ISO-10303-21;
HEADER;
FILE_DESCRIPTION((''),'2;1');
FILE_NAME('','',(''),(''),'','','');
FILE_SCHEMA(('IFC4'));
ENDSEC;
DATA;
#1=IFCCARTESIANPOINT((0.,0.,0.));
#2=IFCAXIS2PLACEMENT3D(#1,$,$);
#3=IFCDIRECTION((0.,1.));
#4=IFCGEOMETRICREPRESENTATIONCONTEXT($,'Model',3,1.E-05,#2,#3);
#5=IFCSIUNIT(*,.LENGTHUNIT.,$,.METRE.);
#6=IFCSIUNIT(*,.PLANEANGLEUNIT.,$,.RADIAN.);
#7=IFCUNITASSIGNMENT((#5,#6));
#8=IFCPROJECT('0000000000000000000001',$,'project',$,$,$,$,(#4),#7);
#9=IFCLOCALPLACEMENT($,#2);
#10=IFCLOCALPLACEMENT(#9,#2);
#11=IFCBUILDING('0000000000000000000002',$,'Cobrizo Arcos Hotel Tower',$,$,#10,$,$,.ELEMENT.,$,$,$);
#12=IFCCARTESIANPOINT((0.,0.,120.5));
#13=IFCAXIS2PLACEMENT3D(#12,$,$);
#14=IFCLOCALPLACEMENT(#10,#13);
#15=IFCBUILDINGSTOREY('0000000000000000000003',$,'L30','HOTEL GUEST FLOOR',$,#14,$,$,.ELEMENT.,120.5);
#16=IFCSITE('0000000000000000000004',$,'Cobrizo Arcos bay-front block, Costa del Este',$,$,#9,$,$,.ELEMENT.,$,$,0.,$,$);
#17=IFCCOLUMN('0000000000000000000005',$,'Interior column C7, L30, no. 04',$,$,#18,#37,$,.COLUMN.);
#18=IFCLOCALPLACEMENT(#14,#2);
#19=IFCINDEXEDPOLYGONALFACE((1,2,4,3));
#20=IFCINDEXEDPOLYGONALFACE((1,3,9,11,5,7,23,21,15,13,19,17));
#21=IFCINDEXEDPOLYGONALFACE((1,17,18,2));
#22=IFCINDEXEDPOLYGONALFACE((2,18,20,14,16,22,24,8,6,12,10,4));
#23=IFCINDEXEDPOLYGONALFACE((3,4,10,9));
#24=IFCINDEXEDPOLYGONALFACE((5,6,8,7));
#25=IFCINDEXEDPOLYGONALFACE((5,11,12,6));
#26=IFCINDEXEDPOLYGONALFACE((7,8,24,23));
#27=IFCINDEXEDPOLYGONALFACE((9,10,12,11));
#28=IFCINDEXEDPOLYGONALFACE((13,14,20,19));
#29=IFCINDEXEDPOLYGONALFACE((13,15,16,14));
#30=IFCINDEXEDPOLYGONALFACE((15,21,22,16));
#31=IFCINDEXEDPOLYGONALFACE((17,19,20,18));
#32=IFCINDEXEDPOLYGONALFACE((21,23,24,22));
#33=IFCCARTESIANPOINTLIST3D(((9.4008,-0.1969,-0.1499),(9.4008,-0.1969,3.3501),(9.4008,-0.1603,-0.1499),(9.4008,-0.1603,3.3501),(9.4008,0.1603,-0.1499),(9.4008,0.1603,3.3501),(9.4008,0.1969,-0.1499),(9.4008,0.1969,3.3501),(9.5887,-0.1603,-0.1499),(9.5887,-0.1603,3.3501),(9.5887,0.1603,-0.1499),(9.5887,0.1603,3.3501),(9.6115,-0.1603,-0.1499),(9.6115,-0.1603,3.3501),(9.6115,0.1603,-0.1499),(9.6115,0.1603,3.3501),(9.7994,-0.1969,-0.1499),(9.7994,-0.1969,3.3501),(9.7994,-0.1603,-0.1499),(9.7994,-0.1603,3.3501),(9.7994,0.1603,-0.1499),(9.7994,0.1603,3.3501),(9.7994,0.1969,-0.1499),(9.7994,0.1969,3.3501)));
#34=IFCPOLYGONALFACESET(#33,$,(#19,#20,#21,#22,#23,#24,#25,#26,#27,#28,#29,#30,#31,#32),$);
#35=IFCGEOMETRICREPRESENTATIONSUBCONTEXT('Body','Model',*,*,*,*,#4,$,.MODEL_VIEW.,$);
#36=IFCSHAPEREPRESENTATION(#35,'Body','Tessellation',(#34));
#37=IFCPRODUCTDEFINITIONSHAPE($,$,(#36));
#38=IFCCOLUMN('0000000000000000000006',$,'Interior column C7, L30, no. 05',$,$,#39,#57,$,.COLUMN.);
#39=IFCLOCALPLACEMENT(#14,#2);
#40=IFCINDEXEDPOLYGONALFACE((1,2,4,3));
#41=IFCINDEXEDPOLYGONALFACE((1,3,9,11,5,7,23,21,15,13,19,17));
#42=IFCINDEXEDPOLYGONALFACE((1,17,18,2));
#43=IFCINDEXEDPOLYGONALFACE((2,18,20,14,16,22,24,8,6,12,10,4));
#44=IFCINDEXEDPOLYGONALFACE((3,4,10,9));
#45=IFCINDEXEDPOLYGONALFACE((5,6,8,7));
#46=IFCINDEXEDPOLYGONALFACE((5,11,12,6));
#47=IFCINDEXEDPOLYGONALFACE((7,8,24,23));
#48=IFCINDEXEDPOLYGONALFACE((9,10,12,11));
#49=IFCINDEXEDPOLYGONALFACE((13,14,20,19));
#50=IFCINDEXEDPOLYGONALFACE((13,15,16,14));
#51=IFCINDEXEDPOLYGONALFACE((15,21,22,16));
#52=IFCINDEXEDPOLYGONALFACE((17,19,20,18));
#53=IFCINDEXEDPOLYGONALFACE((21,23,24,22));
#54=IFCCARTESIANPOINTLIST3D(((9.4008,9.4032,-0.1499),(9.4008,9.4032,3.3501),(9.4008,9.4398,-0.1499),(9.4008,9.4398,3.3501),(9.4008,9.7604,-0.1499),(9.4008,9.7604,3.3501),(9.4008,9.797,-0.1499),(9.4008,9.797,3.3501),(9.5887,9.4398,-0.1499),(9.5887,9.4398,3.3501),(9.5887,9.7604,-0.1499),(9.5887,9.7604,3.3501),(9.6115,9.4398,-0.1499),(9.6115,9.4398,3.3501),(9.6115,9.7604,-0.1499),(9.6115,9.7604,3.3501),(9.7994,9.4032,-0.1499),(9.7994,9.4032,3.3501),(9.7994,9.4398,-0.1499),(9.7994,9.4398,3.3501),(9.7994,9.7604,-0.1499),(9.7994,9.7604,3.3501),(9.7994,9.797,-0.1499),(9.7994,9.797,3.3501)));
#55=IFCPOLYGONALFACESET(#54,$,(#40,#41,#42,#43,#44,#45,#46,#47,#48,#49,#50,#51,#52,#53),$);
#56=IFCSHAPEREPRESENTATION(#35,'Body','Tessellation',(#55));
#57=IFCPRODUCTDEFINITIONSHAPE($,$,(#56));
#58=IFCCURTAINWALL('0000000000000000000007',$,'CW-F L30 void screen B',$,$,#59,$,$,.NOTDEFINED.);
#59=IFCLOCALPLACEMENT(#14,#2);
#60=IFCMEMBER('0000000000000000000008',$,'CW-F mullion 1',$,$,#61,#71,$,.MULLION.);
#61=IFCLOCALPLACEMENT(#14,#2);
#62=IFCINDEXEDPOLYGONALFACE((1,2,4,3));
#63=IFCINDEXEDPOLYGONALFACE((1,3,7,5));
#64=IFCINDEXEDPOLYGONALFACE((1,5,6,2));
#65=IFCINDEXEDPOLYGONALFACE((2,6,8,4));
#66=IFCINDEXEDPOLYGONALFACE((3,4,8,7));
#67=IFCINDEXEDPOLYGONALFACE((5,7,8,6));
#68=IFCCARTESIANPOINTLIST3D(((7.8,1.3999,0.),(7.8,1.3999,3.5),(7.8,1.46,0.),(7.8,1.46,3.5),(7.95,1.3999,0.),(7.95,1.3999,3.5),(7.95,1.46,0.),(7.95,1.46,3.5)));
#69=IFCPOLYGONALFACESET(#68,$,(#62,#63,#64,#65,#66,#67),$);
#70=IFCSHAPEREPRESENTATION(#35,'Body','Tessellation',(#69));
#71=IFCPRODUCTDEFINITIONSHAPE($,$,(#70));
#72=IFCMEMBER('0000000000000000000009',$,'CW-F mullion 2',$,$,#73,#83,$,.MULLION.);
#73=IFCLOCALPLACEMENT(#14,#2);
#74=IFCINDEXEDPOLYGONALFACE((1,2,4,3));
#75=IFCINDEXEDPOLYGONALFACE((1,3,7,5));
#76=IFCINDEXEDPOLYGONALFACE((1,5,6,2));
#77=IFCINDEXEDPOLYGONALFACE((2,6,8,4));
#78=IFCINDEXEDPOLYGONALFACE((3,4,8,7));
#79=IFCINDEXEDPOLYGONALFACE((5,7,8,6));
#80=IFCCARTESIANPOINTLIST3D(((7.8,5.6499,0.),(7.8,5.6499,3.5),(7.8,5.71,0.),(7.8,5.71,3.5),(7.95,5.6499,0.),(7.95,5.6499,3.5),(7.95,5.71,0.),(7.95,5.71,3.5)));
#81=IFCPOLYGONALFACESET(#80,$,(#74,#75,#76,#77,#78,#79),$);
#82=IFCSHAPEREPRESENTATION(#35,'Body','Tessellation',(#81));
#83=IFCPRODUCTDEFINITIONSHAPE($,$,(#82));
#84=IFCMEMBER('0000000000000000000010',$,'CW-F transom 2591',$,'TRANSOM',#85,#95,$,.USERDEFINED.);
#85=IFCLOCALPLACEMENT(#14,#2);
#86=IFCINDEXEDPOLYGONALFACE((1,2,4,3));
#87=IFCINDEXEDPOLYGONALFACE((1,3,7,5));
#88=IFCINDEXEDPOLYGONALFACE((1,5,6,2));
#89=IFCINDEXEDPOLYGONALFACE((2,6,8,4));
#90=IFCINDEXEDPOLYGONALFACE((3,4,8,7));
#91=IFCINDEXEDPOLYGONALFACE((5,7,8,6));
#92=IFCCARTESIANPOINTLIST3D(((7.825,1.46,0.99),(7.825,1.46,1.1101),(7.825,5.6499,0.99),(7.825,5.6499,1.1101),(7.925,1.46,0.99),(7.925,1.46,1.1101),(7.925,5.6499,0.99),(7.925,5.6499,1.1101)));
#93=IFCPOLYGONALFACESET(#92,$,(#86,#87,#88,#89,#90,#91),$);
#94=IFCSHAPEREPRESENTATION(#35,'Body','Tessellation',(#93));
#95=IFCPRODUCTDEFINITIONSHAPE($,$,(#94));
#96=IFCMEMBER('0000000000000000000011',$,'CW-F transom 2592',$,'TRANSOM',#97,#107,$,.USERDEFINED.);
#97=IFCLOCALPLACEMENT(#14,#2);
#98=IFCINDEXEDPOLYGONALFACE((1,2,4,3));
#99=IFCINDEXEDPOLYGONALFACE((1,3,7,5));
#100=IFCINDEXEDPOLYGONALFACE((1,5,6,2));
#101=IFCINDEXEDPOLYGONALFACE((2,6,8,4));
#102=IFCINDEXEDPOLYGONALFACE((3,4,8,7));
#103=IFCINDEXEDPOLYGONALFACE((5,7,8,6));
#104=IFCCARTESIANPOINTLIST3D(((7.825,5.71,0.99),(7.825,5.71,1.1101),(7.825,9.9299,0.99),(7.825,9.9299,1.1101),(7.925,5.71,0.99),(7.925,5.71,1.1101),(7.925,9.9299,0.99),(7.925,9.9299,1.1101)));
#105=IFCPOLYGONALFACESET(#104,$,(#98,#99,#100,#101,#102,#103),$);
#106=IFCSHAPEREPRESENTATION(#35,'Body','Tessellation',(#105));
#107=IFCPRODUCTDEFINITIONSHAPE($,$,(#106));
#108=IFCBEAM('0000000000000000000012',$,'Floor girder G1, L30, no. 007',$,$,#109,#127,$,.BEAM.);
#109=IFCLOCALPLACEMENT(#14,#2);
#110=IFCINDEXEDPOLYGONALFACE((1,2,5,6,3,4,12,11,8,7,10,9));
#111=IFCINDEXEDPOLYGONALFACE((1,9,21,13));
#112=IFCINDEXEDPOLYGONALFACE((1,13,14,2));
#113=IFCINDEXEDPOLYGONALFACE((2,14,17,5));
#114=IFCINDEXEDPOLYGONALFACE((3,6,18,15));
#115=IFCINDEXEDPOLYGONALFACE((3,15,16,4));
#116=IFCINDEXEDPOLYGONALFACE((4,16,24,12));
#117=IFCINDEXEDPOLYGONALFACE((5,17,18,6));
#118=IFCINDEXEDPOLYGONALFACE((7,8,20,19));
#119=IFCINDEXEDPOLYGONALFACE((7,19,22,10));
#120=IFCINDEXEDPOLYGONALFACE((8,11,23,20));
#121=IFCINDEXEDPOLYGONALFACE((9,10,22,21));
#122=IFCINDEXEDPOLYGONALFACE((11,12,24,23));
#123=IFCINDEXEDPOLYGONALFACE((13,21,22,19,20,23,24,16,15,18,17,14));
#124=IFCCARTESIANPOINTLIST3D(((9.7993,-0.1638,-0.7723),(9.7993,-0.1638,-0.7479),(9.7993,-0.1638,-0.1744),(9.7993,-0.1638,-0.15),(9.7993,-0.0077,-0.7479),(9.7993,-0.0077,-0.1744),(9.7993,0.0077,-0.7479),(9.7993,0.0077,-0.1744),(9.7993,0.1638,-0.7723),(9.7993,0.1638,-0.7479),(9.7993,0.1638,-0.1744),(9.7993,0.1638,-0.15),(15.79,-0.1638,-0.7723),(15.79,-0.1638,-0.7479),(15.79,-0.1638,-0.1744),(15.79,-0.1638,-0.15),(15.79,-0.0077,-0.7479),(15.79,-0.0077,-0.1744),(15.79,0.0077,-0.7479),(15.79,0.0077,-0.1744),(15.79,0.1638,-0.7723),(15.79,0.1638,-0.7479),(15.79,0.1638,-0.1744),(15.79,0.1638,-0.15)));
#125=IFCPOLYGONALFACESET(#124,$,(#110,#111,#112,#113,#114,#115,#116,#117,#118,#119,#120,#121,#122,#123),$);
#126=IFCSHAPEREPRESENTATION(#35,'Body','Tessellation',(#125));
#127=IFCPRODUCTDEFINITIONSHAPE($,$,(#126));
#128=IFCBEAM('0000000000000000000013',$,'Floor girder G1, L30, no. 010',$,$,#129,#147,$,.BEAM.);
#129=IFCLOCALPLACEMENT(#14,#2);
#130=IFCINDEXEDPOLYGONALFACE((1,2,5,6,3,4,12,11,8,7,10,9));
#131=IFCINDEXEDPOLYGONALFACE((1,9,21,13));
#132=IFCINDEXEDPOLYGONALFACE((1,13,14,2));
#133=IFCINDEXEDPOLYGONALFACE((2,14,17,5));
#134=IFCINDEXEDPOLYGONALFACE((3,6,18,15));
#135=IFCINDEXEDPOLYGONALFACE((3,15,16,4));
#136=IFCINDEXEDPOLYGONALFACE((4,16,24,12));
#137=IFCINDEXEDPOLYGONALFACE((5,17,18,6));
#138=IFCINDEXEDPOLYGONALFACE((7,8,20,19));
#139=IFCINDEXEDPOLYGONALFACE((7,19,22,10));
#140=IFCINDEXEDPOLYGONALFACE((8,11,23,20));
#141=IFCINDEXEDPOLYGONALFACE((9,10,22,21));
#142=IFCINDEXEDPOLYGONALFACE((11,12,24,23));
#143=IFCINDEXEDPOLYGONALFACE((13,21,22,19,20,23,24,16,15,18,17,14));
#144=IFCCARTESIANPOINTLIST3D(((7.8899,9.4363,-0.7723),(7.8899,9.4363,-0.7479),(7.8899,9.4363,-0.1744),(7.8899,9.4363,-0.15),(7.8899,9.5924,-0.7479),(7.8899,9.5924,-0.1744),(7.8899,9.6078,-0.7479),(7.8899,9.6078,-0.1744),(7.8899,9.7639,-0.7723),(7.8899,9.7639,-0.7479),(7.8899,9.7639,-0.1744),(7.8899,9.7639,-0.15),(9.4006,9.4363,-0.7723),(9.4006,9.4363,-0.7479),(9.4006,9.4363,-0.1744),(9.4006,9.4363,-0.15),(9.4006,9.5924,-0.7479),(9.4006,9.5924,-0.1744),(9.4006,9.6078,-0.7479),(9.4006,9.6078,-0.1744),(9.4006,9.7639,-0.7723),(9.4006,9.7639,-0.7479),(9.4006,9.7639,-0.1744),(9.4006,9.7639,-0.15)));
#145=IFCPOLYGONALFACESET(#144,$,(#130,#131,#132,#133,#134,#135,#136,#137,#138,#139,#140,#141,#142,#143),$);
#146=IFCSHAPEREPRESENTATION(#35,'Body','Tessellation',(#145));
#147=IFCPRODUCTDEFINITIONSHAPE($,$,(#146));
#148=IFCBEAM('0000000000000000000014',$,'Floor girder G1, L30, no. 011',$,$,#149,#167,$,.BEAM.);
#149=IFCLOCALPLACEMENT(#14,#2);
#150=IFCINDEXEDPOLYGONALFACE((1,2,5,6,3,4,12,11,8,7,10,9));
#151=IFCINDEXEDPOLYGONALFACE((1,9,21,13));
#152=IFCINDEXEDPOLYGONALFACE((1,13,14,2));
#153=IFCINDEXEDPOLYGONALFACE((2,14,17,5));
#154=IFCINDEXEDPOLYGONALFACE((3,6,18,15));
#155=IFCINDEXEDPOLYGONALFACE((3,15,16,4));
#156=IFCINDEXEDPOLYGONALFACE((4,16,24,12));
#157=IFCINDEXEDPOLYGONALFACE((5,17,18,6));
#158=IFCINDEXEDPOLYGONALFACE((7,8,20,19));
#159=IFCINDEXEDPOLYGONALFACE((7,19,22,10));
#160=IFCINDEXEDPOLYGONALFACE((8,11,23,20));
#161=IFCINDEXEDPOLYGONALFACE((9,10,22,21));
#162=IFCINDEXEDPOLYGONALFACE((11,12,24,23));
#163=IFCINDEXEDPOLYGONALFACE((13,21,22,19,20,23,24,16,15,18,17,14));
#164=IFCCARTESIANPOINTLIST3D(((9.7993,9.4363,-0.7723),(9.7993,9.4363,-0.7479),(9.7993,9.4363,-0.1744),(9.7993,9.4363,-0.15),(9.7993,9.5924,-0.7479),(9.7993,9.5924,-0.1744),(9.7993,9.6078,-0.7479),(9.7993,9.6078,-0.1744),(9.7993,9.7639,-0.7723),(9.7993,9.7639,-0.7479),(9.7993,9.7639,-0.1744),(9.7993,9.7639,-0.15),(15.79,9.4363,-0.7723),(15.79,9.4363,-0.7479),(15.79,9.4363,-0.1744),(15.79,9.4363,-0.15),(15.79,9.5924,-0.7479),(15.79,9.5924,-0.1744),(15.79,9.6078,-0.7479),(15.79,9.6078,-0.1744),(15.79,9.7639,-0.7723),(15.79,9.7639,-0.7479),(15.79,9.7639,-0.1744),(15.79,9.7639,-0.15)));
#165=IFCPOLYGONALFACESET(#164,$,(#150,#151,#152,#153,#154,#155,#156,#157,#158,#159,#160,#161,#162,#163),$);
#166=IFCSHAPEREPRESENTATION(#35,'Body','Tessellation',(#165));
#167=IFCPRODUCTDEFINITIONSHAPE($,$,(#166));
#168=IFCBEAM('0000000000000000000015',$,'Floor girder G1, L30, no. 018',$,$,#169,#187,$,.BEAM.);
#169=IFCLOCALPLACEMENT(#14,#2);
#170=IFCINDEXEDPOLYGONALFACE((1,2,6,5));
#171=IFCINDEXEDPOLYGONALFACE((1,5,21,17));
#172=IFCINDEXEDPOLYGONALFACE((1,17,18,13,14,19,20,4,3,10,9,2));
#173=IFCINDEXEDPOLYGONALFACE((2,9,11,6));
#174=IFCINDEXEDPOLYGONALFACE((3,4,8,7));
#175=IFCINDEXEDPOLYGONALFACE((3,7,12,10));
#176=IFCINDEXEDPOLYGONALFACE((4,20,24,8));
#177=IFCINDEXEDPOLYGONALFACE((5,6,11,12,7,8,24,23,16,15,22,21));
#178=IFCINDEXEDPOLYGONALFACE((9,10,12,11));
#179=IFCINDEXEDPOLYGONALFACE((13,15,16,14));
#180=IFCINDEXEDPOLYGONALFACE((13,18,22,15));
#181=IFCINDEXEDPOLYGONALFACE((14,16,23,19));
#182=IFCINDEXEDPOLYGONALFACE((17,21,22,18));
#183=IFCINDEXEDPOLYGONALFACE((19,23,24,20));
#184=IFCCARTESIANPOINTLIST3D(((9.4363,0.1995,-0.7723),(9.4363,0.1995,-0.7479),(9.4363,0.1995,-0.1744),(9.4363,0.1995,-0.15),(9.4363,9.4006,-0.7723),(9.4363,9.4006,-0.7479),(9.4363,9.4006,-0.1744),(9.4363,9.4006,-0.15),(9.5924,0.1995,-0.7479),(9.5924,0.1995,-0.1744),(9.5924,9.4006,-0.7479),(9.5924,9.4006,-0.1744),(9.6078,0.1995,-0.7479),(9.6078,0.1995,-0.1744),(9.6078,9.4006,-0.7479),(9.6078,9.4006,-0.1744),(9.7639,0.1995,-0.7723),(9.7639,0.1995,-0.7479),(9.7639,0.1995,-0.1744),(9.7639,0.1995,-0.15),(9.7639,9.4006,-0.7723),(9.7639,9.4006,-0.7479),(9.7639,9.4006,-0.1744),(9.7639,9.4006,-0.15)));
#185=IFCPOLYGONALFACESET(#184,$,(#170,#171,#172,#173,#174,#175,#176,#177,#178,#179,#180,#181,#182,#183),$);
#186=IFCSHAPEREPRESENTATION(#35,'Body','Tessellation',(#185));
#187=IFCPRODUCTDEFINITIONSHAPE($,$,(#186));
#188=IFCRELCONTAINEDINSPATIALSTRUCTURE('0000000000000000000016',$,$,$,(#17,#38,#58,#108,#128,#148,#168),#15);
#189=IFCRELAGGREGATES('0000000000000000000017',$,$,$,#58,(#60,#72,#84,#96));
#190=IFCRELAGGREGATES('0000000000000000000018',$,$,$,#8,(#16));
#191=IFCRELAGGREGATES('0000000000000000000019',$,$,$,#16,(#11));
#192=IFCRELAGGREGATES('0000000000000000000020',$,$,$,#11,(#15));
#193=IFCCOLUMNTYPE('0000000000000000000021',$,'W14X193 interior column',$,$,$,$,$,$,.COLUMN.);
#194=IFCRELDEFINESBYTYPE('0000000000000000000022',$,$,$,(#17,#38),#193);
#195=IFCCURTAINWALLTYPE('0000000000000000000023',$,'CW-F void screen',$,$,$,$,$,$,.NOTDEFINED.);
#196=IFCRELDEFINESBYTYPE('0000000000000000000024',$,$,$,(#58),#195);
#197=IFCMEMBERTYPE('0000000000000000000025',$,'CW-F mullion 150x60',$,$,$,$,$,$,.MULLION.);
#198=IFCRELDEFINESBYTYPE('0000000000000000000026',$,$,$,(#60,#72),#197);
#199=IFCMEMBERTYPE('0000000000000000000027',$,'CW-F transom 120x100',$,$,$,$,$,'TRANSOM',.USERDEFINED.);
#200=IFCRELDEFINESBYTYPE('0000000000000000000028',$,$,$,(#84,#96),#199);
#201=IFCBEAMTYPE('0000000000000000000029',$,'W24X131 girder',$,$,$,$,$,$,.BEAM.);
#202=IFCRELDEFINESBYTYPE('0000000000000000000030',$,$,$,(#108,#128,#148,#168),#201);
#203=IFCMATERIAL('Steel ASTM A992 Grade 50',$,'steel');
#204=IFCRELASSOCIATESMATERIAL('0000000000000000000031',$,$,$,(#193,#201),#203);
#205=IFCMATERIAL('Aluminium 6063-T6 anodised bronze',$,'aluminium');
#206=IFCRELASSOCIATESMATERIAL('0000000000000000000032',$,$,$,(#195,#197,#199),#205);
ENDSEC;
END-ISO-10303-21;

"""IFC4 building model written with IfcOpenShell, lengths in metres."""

from ifc_helpers import new_model, si_unit, direction, frame, origin, origin_2d, place, context, subcontext, project, spatial, rectangle, i_section, extrude, material, material_profile, profile_set, type_object, element, aggregate, save


model = new_model("IFC4")

# Units and contexts
model_context = context("Model", 3, precision=1e-05, world=origin(), true_north=direction((0.0, 1.0)))
body_context = subcontext(model_context, "Body", "Model", "MODEL_VIEW")
ifc_project = project(units=[si_unit("LENGTHUNIT", "METRE"), si_unit("PLANEANGLEUNIT", "RADIAN")], contexts=[model_context])

# Site, building, storey
site_placement = place(None, origin())
site = spatial("IfcSite", under=ifc_project, at=site_placement, Name="Cobrizo Arcos bay-front block, Costa del Este", CompositionType="ELEMENT", RefElevation=0.0)
building_placement = place(site_placement, origin())
building = spatial("IfcBuilding", under=site, at=building_placement, Name="Cobrizo Arcos Hotel Tower", CompositionType="ELEMENT")
storey_placement = place(building_placement, frame((0.0, 0.0, 120.5)))
storey = spatial("IfcBuildingStorey", under=building, at=storey_placement, Name="L30", Description="HOTEL GUEST FLOOR", CompositionType="ELEMENT", Elevation=120.5)

# Columns
ifc_material_1 = material(Name="Steel ASTM A992 Grade 50", Category="steel")
ifc_material_profile_1 = material_profile(ifc_material_1, i_section(OverallWidth=0.3987, OverallDepth=0.3938, WebThickness=0.0227, FlangeThickness=0.0366, at=origin_2d()), Name="W14X193")
ifc_profile_set_1 = profile_set([ifc_material_profile_1], Name="Steel ASTM A992 Grade 50")
column_type = type_object("IfcColumnType", Name="W14X193 interior column", PredefinedType="COLUMN", material=ifc_profile_set_1)
for number, where, z_axis, x_axis, name in (
    (1, (9.6001, 0.0, -0.1499), (0.0, 0.0, 1.0), (1.0, 0.0, 0.0), "Interior column C7, L30, no. 04"),
    (2, (9.6001, 9.6001, -0.1499), (0.0, 0.0, 1.0), (1.0, 0.0, 0.0), "Interior column C7, L30, no. 05"),
):
    element("IfcColumn", number, at=place(storey_placement, frame(where, z_axis=z_axis, x_axis=x_axis)), inside=storey, type_object=column_type, Name=name, PredefinedType="COLUMN", context=body_context, shape_type="SweptSolid", body=[
        extrude(i_section(OverallWidth=0.3987, OverallDepth=0.3938, WebThickness=0.0227, FlangeThickness=0.0366, at=origin_2d()), origin(), (0.0, 0.0, 1.0), 3.5),
    ])

# Curtain wall, members
ifc_material_2 = material(Name="Aluminium 6063-T6 anodised bronze", Category="aluminium")
curtain_wall_type = type_object("IfcCurtainWallType", Name="CW-F void screen", PredefinedType="NOTDEFINED", material=ifc_material_2)
curtain_wall_placement = place(storey_placement, origin())
curtain_wall = element("IfcCurtainWall", 3, at=curtain_wall_placement, inside=storey, type_object=curtain_wall_type, Name="CW-F L30 void screen B", PredefinedType="NOTDEFINED")
ifc_material_profile_2 = material_profile(ifc_material_2, rectangle(XDim=0.1499, YDim=0.0601, at=origin_2d()), Name="CW-F mullion 150x60")
ifc_profile_set_2 = profile_set([ifc_material_profile_2], Name="Aluminium 6063-T6 anodised bronze")
member_type_1 = type_object("IfcMemberType", Name="CW-F mullion 150x60", PredefinedType="MULLION", material=ifc_profile_set_2)
member_1_placement = place(storey_placement, frame((7.875, 1.4299, 0.0), z_axis=(0.0, 0.0, 1.0), x_axis=(1.0, 0.0, 0.0)))
member_1 = element("IfcMember", 4, at=member_1_placement, type_object=member_type_1, Name="CW-F mullion 1", PredefinedType="MULLION", context=body_context, shape_type="SweptSolid", body=[
    extrude(rectangle(XDim=0.1499, YDim=0.0601, at=origin_2d()), origin(), (0.0, 0.0, 1.0), 3.5),
])
member_2_placement = place(storey_placement, frame((7.875, 5.6799, 0.0), z_axis=(0.0, 0.0, 1.0), x_axis=(1.0, 0.0, 0.0)))
member_2 = element("IfcMember", 5, at=member_2_placement, type_object=member_type_1, Name="CW-F mullion 2", PredefinedType="MULLION", context=body_context, shape_type="SweptSolid", body=[
    extrude(rectangle(XDim=0.1499, YDim=0.0601, at=origin_2d()), origin(), (0.0, 0.0, 1.0), 3.5),
])
ifc_material_profile_3 = material_profile(ifc_material_2, rectangle(XDim=0.1001, YDim=0.1201, at=origin_2d()), Name="CW-F transom 120x100")
ifc_profile_set_3 = profile_set([ifc_material_profile_3], Name="Aluminium 6063-T6 anodised bronze")
member_type_2 = type_object("IfcMemberType", Name="CW-F transom 120x100", ElementType="TRANSOM", PredefinedType="USERDEFINED", material=ifc_profile_set_3)
member_3_placement = place(storey_placement, frame((7.875, 1.46, 1.05), z_axis=(0.0, 1.0, 0.0), x_axis=(-1.0, 0.0, 0.0)))
member_3 = element("IfcMember", 6, at=member_3_placement, type_object=member_type_2, Name="CW-F transom 2591", ObjectType="TRANSOM", PredefinedType="USERDEFINED", context=body_context, shape_type="SweptSolid", body=[
    extrude(rectangle(XDim=0.1001, YDim=0.1201, at=origin_2d()), origin(), (0.0, 0.0, 1.0), 4.1899),
])
member_4_placement = place(storey_placement, frame((7.875, 5.71, 1.05), z_axis=(0.0, 1.0, 0.0), x_axis=(-1.0, 0.0, 0.0)))
member_4 = element("IfcMember", 7, at=member_4_placement, type_object=member_type_2, Name="CW-F transom 2592", ObjectType="TRANSOM", PredefinedType="USERDEFINED", context=body_context, shape_type="SweptSolid", body=[
    extrude(rectangle(XDim=0.1001, YDim=0.1201, at=origin_2d()), origin(), (0.0, 0.0, 1.0), 4.22),
])

# Beams
ifc_material_profile_4 = material_profile(ifc_material_1, i_section(OverallWidth=0.3276, OverallDepth=0.6223, WebThickness=0.0154, FlangeThickness=0.0244, at=origin_2d()), Name="W24X131")
ifc_profile_set_4 = profile_set([ifc_material_profile_4], Name="Steel ASTM A992 Grade 50")
beam_type_1 = type_object("IfcBeamType", Name="W24X131 girder", PredefinedType="BEAM", material=ifc_profile_set_4)
beam_1_placement = place(storey_placement, frame((9.7993, 0.0, -0.4612), z_axis=(1.0, 0.0, 0.0), x_axis=(0.0, 1.0, 0.0)))
element("IfcBeam", 8, at=beam_1_placement, inside=storey, type_object=beam_type_1, Name="Floor girder G1, L30, no. 007", PredefinedType="BEAM", context=body_context, shape_type="SweptSolid", body=[
    extrude(i_section(OverallWidth=0.3276, OverallDepth=0.6223, WebThickness=0.0154, FlangeThickness=0.0244, at=origin_2d()), origin(), (0.0, 0.0, 1.0), 5.9907),
])
beam_2_placement = place(storey_placement, frame((7.8899, 9.6001, -0.4612), z_axis=(1.0, 0.0, 0.0), x_axis=(0.0, 1.0, 0.0)))
element("IfcBeam", 9, at=beam_2_placement, inside=storey, type_object=beam_type_1, Name="Floor girder G1, L30, no. 010", PredefinedType="BEAM", context=body_context, shape_type="SweptSolid", body=[
    extrude(i_section(OverallWidth=0.3276, OverallDepth=0.6223, WebThickness=0.0154, FlangeThickness=0.0244, at=origin_2d()), origin(), (0.0, 0.0, 1.0), 1.5107),
])
beam_3_placement = place(storey_placement, frame((9.7993, 9.6001, -0.4612), z_axis=(1.0, 0.0, 0.0), x_axis=(0.0, 1.0, 0.0)))
element("IfcBeam", 10, at=beam_3_placement, inside=storey, type_object=beam_type_1, Name="Floor girder G1, L30, no. 011", PredefinedType="BEAM", context=body_context, shape_type="SweptSolid", body=[
    extrude(i_section(OverallWidth=0.3276, OverallDepth=0.6223, WebThickness=0.0154, FlangeThickness=0.0244, at=origin_2d()), origin(), (0.0, 0.0, 1.0), 5.9907),
])
beam_4_placement = place(storey_placement, frame((9.6001, 0.1995, -0.4612), z_axis=(0.0, 1.0, 0.0), x_axis=(-1.0, 0.0, 0.0)))
element("IfcBeam", 11, at=beam_4_placement, inside=storey, type_object=beam_type_1, Name="Floor girder G1, L30, no. 018", PredefinedType="BEAM", context=body_context, shape_type="SweptSolid", body=[
    extrude(i_section(OverallWidth=0.3276, OverallDepth=0.6223, WebThickness=0.0154, FlangeThickness=0.0244, at=origin_2d()), origin(), (0.0, 0.0, 1.0), 9.2012),
])

aggregate(curtain_wall, [member_1, member_2, member_3, member_4])

save(model, "model.ifc")
